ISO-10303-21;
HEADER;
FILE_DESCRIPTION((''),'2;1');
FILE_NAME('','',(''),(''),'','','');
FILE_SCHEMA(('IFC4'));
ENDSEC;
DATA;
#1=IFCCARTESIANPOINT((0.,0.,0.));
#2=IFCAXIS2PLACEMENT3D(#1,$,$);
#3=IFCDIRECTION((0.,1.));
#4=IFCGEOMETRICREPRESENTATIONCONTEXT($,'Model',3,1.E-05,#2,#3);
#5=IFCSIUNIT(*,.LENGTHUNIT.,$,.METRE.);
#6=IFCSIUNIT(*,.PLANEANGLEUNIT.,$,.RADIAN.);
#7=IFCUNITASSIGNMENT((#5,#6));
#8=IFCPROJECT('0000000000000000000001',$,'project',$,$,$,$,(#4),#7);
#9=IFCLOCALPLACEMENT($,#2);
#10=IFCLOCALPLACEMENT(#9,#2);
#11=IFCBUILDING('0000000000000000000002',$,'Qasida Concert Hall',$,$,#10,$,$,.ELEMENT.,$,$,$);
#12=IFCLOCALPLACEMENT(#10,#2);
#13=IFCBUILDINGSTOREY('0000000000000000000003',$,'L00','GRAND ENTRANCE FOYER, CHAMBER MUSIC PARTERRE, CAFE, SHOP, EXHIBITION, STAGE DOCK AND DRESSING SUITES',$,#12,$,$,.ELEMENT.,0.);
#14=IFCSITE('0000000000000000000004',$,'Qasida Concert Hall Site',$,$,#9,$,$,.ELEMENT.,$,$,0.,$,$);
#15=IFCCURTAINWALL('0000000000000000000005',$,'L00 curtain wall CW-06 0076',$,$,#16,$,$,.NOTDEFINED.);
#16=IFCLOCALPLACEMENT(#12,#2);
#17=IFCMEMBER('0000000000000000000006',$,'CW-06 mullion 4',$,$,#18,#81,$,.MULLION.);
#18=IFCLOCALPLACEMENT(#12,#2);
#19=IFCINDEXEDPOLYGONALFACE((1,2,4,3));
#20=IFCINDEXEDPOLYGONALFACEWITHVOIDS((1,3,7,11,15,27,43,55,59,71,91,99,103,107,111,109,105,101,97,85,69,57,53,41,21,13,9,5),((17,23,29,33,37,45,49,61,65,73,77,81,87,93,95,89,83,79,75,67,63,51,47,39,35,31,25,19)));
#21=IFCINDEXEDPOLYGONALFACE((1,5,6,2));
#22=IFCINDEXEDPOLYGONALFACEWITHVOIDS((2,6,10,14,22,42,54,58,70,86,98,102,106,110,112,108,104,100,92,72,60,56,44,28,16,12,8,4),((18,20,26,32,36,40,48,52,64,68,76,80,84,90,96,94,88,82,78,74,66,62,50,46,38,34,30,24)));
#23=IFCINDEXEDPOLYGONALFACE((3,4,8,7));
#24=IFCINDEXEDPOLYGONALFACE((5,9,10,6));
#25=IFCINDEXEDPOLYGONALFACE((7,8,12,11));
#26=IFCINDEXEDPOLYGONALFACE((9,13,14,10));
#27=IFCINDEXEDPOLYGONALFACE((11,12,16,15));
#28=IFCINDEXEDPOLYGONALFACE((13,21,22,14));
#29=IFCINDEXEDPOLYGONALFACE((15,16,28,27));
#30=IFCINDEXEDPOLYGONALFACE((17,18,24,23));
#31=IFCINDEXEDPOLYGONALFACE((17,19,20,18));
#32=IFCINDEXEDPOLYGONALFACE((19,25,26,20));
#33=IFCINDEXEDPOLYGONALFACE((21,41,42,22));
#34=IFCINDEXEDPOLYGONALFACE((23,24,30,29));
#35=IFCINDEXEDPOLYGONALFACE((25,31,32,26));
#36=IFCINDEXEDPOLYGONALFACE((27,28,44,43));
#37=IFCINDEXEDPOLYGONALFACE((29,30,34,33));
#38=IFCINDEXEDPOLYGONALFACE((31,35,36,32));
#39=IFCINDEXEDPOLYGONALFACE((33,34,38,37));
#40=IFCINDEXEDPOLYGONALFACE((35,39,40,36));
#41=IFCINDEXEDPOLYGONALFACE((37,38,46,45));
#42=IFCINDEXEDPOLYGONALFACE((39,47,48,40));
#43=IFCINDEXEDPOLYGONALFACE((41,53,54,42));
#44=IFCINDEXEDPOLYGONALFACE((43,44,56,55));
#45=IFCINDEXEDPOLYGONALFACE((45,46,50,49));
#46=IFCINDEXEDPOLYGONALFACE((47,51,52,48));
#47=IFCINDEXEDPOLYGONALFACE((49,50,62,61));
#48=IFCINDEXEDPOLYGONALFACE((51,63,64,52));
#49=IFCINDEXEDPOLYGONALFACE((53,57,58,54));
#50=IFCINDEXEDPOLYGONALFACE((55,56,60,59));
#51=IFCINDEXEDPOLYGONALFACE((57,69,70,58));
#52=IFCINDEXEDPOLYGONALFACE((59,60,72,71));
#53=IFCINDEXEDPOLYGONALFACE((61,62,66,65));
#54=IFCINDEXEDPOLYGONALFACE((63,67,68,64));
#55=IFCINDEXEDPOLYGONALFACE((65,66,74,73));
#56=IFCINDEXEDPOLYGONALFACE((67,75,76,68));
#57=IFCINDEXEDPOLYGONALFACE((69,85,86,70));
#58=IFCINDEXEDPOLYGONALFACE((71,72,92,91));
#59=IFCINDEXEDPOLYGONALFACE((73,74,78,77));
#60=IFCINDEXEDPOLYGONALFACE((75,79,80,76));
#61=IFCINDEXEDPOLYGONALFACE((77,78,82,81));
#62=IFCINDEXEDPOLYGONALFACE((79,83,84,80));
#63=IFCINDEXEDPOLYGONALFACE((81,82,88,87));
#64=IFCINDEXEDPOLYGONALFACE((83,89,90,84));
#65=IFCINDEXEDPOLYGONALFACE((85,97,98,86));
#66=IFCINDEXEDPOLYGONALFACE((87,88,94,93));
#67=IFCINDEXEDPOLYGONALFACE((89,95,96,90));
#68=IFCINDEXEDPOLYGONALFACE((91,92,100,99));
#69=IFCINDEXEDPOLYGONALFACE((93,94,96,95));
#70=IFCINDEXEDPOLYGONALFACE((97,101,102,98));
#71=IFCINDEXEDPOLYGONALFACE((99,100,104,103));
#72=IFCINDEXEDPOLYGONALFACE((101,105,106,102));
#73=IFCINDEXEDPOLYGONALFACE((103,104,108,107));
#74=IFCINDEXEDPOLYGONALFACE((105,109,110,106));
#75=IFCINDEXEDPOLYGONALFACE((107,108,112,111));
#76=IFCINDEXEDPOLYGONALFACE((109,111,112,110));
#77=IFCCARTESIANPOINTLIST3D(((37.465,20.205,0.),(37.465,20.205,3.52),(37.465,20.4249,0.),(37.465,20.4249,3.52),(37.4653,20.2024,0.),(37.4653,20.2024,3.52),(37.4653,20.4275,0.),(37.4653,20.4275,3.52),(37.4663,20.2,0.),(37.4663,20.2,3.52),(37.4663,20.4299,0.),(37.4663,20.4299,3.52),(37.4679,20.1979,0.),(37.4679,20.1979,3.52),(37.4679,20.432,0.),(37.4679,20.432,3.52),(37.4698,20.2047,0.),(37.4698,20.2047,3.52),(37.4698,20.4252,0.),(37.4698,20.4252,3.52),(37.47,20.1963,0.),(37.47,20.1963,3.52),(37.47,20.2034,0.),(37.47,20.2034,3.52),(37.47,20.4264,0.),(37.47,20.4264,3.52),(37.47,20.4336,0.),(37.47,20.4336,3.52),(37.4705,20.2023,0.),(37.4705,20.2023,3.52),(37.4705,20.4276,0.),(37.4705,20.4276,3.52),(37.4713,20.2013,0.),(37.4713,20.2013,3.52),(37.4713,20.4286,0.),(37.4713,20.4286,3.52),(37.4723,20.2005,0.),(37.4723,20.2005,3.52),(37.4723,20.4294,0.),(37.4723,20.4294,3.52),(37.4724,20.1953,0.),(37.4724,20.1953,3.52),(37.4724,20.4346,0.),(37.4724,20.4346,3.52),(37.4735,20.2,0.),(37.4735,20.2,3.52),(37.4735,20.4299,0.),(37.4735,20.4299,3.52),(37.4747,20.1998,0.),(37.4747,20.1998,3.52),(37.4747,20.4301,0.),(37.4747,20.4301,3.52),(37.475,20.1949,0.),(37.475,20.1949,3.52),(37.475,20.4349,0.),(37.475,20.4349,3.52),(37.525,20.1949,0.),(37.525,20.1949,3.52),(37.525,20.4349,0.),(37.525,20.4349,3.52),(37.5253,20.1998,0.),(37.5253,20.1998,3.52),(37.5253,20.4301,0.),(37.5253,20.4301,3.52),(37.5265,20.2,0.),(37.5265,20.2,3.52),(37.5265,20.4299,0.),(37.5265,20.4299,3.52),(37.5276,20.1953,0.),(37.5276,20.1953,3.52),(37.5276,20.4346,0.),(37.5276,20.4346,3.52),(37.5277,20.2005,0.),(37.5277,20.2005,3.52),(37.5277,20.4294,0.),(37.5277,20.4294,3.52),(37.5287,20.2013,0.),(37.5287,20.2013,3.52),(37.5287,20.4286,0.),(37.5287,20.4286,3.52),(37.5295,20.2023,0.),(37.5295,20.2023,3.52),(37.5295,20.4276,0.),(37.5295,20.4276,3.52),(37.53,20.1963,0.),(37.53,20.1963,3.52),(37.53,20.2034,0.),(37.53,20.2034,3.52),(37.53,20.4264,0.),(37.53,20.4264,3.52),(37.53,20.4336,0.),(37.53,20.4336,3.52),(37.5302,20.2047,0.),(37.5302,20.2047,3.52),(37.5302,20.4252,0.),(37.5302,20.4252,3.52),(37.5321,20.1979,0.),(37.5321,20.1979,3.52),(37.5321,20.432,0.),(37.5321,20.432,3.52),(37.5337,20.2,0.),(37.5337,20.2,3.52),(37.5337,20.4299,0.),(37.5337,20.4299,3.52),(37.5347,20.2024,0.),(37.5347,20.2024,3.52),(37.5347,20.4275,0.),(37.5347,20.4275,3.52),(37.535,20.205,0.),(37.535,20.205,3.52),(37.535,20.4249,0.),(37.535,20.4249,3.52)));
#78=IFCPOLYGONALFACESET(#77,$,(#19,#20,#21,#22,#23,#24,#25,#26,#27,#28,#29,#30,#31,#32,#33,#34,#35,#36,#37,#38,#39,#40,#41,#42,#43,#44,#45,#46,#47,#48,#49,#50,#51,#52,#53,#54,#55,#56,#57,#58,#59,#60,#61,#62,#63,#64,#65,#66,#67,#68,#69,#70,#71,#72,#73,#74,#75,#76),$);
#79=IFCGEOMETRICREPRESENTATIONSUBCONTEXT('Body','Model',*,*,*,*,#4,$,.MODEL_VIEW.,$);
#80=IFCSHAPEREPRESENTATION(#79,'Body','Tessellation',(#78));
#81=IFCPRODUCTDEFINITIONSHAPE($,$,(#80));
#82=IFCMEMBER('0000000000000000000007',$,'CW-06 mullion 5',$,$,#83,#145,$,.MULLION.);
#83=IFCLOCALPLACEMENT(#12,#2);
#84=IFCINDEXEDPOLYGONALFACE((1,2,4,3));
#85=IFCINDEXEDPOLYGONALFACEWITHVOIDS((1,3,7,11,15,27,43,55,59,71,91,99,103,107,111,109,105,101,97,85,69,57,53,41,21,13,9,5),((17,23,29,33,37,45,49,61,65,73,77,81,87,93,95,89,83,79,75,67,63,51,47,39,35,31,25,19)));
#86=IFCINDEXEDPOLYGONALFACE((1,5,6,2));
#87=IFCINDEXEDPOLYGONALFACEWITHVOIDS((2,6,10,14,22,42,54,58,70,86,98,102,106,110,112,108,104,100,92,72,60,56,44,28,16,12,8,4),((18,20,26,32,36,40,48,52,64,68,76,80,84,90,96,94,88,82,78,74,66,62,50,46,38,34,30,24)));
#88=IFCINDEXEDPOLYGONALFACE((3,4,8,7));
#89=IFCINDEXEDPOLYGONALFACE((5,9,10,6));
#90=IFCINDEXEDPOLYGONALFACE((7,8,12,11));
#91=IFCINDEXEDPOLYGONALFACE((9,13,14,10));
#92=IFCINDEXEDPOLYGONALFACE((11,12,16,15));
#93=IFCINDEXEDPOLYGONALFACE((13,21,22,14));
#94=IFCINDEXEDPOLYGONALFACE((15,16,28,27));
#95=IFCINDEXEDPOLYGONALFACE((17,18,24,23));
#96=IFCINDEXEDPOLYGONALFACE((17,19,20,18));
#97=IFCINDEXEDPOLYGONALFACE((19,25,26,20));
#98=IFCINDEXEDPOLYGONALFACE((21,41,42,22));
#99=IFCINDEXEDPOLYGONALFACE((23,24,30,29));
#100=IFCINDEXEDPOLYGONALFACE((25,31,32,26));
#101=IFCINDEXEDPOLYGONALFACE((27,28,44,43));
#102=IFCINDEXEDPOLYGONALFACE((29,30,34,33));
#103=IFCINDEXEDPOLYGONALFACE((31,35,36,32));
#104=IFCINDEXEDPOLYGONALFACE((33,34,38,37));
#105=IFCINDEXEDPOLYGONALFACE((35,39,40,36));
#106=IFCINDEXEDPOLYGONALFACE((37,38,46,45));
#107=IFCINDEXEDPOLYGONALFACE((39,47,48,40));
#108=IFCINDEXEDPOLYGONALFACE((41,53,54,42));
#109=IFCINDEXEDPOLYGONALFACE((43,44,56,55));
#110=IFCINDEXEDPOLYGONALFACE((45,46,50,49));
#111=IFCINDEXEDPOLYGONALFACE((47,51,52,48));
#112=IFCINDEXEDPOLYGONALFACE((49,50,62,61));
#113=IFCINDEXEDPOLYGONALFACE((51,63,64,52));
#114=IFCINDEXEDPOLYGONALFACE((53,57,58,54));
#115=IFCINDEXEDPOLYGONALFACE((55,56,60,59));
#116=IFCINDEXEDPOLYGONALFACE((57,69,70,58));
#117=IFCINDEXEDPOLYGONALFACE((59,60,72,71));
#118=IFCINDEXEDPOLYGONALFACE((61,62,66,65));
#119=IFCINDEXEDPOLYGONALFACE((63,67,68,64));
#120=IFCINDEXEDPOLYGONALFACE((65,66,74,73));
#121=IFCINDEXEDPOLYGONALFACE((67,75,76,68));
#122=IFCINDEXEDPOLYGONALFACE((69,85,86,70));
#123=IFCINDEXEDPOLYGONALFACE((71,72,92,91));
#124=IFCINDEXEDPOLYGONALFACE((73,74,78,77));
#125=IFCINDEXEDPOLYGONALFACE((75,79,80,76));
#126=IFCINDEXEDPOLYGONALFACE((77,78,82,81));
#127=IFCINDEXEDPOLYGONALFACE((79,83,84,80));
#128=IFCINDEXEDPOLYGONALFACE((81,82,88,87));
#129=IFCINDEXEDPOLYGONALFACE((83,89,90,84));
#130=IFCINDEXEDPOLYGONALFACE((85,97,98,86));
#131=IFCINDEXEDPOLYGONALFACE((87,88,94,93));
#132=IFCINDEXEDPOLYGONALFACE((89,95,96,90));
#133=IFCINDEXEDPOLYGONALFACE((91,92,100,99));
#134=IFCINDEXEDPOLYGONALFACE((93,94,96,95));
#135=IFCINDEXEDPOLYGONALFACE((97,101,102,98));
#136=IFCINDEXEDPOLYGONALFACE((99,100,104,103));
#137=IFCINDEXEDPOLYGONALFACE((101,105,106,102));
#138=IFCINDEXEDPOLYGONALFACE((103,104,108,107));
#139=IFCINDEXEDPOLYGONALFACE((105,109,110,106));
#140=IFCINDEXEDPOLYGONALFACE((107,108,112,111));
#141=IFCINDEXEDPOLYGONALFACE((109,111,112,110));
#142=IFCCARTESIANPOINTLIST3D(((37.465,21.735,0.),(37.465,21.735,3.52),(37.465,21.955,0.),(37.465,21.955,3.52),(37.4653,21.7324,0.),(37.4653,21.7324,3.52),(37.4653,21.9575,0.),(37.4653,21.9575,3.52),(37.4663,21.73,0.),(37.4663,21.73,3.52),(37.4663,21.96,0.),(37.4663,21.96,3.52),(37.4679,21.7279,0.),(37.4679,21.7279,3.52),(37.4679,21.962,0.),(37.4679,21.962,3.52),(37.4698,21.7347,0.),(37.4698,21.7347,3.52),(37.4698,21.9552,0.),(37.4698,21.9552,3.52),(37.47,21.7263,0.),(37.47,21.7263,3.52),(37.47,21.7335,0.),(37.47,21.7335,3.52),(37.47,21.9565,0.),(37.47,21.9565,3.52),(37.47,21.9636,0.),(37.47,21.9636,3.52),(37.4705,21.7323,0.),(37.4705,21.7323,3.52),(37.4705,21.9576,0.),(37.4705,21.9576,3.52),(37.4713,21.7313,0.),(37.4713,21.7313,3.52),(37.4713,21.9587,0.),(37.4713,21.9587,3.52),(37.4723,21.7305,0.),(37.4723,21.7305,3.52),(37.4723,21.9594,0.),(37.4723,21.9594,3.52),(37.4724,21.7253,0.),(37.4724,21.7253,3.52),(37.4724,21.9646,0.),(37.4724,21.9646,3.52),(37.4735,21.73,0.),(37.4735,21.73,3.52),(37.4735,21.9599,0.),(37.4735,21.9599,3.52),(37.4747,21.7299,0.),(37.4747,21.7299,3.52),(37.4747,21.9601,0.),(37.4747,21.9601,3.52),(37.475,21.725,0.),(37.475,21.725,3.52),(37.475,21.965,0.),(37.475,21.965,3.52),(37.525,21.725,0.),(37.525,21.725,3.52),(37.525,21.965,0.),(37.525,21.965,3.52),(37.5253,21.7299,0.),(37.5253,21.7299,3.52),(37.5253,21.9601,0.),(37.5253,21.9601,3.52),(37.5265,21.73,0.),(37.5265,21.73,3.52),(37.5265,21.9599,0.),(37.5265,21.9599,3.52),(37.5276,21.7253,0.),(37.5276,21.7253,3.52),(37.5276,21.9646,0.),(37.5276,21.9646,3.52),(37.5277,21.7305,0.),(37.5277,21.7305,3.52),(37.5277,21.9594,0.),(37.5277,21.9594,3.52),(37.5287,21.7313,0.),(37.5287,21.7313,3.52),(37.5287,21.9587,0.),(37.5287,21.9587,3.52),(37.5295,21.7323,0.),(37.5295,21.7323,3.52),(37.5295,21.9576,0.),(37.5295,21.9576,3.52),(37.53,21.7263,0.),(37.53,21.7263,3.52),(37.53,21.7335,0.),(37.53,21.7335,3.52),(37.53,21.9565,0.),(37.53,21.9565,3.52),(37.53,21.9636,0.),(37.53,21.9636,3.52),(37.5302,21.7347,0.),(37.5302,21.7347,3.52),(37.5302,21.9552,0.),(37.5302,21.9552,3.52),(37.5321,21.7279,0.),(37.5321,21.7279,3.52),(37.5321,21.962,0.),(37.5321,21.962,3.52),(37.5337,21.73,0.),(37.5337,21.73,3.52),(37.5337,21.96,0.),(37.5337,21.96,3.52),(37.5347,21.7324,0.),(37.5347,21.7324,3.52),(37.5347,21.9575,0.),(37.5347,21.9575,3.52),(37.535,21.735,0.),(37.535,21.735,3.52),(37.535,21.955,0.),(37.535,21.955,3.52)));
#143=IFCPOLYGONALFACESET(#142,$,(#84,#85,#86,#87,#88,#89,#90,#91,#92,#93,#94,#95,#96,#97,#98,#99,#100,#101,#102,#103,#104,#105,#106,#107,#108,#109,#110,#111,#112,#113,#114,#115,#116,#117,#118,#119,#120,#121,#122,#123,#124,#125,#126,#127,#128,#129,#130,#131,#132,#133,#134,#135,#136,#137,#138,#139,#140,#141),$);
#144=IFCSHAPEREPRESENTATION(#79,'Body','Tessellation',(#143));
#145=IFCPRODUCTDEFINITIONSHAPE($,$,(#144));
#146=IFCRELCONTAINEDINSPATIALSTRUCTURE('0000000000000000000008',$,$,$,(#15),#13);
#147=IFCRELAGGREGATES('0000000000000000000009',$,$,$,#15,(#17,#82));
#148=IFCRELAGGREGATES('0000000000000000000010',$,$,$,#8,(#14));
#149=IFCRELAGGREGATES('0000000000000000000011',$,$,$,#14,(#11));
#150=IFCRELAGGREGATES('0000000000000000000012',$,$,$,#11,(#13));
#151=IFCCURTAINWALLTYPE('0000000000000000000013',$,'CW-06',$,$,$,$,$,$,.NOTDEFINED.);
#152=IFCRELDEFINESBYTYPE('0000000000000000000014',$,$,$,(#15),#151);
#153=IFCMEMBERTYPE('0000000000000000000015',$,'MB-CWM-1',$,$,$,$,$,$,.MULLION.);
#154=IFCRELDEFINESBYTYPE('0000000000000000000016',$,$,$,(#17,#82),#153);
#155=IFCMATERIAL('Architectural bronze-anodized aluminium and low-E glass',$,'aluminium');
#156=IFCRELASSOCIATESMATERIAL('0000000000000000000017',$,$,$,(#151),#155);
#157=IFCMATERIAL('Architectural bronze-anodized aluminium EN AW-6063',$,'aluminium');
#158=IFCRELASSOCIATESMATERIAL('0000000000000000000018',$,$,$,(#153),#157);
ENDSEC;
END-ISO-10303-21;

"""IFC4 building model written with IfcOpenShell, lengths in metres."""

from ifc_helpers import new_model, si_unit, direction, frame, origin, origin_2d, place, context, subcontext, project, spatial, hollow_rectangle, extrude, material, material_profile, profile_set, type_object, element, aggregate, save


model = new_model("IFC4")

# Units and contexts
model_context = context("Model", 3, precision=1e-05, world=origin(), true_north=direction((0.0, 1.0)))
body_context = subcontext(model_context, "Body", "Model", "MODEL_VIEW")
ifc_project = project(units=[si_unit("LENGTHUNIT", "METRE"), si_unit("PLANEANGLEUNIT", "RADIAN")], contexts=[model_context])

# Site, building, storey
site_placement = place(None, origin())
site = spatial("IfcSite", under=ifc_project, at=site_placement, Name="Qasida Concert Hall Site", CompositionType="ELEMENT", RefElevation=0.0)
building_placement = place(site_placement, origin())
building = spatial("IfcBuilding", under=site, at=building_placement, Name="Qasida Concert Hall", CompositionType="ELEMENT")
storey_placement = place(building_placement, origin())
storey = spatial("IfcBuildingStorey", under=building, at=storey_placement, Name="L00", Description="GRAND ENTRANCE FOYER, CHAMBER MUSIC PARTERRE, CAFE, SHOP, EXHIBITION, STAGE DOCK AND DRESSING SUITES", CompositionType="ELEMENT", Elevation=0.0)

# Curtain wall, members
ifc_material_1 = material(Name="Architectural bronze-anodized aluminium and low-E glass", Category="aluminium")
curtain_wall_type = type_object("IfcCurtainWallType", Name="CW-06", PredefinedType="NOTDEFINED", material=ifc_material_1)
curtain_wall_placement = place(storey_placement, origin())
curtain_wall = element("IfcCurtainWall", 1, at=curtain_wall_placement, inside=storey, type_object=curtain_wall_type, Name="L00 curtain wall CW-06 0076", PredefinedType="NOTDEFINED")
ifc_material_2 = material(Name="Architectural bronze-anodized aluminium EN AW-6063", Category="aluminium")
ifc_material_profile_1 = material_profile(ifc_material_2, hollow_rectangle(XDim=0.0701, YDim=0.24, WallThickness=0.0049, InnerFilletRadius=0.0049, OuterFilletRadius=0.01, at=origin_2d()), Name="CWM 240x70x5")
ifc_profile_set_1 = profile_set([ifc_material_profile_1], Name="Architectural bronze-anodized aluminium EN AW-6063")
member_type_1 = type_object("IfcMemberType", Name="MB-CWM-1", PredefinedType="MULLION", material=ifc_profile_set_1)
member_1_placement = place(storey_placement, frame((37.5, 20.3149, 0.0), z_axis=(0.0, 0.0, 1.0), x_axis=(-1.0, 0.0, 0.0)))
member_1 = element("IfcMember", 2, at=member_1_placement, type_object=member_type_1, Name="CW-06 mullion 4", PredefinedType="MULLION", context=body_context, shape_type="SweptSolid", body=[
    extrude(hollow_rectangle(XDim=0.0701, YDim=0.24, WallThickness=0.0049, InnerFilletRadius=0.0049, OuterFilletRadius=0.01, at=origin_2d()), origin(), (0.0, 0.0, 1.0), 3.52),
])
member_2_placement = place(storey_placement, frame((37.5, 21.845, 0.0), z_axis=(0.0, 0.0, 1.0), x_axis=(-1.0, 0.0, 0.0)))
member_2 = element("IfcMember", 3, at=member_2_placement, type_object=member_type_1, Name="CW-06 mullion 5", PredefinedType="MULLION", context=body_context, shape_type="SweptSolid", body=[
    extrude(hollow_rectangle(XDim=0.0701, YDim=0.24, WallThickness=0.0049, InnerFilletRadius=0.0049, OuterFilletRadius=0.01, at=origin_2d()), origin(), (0.0, 0.0, 1.0), 3.52),
])
aggregate(curtain_wall, [member_1, member_2])

save(model, "model.ifc")
